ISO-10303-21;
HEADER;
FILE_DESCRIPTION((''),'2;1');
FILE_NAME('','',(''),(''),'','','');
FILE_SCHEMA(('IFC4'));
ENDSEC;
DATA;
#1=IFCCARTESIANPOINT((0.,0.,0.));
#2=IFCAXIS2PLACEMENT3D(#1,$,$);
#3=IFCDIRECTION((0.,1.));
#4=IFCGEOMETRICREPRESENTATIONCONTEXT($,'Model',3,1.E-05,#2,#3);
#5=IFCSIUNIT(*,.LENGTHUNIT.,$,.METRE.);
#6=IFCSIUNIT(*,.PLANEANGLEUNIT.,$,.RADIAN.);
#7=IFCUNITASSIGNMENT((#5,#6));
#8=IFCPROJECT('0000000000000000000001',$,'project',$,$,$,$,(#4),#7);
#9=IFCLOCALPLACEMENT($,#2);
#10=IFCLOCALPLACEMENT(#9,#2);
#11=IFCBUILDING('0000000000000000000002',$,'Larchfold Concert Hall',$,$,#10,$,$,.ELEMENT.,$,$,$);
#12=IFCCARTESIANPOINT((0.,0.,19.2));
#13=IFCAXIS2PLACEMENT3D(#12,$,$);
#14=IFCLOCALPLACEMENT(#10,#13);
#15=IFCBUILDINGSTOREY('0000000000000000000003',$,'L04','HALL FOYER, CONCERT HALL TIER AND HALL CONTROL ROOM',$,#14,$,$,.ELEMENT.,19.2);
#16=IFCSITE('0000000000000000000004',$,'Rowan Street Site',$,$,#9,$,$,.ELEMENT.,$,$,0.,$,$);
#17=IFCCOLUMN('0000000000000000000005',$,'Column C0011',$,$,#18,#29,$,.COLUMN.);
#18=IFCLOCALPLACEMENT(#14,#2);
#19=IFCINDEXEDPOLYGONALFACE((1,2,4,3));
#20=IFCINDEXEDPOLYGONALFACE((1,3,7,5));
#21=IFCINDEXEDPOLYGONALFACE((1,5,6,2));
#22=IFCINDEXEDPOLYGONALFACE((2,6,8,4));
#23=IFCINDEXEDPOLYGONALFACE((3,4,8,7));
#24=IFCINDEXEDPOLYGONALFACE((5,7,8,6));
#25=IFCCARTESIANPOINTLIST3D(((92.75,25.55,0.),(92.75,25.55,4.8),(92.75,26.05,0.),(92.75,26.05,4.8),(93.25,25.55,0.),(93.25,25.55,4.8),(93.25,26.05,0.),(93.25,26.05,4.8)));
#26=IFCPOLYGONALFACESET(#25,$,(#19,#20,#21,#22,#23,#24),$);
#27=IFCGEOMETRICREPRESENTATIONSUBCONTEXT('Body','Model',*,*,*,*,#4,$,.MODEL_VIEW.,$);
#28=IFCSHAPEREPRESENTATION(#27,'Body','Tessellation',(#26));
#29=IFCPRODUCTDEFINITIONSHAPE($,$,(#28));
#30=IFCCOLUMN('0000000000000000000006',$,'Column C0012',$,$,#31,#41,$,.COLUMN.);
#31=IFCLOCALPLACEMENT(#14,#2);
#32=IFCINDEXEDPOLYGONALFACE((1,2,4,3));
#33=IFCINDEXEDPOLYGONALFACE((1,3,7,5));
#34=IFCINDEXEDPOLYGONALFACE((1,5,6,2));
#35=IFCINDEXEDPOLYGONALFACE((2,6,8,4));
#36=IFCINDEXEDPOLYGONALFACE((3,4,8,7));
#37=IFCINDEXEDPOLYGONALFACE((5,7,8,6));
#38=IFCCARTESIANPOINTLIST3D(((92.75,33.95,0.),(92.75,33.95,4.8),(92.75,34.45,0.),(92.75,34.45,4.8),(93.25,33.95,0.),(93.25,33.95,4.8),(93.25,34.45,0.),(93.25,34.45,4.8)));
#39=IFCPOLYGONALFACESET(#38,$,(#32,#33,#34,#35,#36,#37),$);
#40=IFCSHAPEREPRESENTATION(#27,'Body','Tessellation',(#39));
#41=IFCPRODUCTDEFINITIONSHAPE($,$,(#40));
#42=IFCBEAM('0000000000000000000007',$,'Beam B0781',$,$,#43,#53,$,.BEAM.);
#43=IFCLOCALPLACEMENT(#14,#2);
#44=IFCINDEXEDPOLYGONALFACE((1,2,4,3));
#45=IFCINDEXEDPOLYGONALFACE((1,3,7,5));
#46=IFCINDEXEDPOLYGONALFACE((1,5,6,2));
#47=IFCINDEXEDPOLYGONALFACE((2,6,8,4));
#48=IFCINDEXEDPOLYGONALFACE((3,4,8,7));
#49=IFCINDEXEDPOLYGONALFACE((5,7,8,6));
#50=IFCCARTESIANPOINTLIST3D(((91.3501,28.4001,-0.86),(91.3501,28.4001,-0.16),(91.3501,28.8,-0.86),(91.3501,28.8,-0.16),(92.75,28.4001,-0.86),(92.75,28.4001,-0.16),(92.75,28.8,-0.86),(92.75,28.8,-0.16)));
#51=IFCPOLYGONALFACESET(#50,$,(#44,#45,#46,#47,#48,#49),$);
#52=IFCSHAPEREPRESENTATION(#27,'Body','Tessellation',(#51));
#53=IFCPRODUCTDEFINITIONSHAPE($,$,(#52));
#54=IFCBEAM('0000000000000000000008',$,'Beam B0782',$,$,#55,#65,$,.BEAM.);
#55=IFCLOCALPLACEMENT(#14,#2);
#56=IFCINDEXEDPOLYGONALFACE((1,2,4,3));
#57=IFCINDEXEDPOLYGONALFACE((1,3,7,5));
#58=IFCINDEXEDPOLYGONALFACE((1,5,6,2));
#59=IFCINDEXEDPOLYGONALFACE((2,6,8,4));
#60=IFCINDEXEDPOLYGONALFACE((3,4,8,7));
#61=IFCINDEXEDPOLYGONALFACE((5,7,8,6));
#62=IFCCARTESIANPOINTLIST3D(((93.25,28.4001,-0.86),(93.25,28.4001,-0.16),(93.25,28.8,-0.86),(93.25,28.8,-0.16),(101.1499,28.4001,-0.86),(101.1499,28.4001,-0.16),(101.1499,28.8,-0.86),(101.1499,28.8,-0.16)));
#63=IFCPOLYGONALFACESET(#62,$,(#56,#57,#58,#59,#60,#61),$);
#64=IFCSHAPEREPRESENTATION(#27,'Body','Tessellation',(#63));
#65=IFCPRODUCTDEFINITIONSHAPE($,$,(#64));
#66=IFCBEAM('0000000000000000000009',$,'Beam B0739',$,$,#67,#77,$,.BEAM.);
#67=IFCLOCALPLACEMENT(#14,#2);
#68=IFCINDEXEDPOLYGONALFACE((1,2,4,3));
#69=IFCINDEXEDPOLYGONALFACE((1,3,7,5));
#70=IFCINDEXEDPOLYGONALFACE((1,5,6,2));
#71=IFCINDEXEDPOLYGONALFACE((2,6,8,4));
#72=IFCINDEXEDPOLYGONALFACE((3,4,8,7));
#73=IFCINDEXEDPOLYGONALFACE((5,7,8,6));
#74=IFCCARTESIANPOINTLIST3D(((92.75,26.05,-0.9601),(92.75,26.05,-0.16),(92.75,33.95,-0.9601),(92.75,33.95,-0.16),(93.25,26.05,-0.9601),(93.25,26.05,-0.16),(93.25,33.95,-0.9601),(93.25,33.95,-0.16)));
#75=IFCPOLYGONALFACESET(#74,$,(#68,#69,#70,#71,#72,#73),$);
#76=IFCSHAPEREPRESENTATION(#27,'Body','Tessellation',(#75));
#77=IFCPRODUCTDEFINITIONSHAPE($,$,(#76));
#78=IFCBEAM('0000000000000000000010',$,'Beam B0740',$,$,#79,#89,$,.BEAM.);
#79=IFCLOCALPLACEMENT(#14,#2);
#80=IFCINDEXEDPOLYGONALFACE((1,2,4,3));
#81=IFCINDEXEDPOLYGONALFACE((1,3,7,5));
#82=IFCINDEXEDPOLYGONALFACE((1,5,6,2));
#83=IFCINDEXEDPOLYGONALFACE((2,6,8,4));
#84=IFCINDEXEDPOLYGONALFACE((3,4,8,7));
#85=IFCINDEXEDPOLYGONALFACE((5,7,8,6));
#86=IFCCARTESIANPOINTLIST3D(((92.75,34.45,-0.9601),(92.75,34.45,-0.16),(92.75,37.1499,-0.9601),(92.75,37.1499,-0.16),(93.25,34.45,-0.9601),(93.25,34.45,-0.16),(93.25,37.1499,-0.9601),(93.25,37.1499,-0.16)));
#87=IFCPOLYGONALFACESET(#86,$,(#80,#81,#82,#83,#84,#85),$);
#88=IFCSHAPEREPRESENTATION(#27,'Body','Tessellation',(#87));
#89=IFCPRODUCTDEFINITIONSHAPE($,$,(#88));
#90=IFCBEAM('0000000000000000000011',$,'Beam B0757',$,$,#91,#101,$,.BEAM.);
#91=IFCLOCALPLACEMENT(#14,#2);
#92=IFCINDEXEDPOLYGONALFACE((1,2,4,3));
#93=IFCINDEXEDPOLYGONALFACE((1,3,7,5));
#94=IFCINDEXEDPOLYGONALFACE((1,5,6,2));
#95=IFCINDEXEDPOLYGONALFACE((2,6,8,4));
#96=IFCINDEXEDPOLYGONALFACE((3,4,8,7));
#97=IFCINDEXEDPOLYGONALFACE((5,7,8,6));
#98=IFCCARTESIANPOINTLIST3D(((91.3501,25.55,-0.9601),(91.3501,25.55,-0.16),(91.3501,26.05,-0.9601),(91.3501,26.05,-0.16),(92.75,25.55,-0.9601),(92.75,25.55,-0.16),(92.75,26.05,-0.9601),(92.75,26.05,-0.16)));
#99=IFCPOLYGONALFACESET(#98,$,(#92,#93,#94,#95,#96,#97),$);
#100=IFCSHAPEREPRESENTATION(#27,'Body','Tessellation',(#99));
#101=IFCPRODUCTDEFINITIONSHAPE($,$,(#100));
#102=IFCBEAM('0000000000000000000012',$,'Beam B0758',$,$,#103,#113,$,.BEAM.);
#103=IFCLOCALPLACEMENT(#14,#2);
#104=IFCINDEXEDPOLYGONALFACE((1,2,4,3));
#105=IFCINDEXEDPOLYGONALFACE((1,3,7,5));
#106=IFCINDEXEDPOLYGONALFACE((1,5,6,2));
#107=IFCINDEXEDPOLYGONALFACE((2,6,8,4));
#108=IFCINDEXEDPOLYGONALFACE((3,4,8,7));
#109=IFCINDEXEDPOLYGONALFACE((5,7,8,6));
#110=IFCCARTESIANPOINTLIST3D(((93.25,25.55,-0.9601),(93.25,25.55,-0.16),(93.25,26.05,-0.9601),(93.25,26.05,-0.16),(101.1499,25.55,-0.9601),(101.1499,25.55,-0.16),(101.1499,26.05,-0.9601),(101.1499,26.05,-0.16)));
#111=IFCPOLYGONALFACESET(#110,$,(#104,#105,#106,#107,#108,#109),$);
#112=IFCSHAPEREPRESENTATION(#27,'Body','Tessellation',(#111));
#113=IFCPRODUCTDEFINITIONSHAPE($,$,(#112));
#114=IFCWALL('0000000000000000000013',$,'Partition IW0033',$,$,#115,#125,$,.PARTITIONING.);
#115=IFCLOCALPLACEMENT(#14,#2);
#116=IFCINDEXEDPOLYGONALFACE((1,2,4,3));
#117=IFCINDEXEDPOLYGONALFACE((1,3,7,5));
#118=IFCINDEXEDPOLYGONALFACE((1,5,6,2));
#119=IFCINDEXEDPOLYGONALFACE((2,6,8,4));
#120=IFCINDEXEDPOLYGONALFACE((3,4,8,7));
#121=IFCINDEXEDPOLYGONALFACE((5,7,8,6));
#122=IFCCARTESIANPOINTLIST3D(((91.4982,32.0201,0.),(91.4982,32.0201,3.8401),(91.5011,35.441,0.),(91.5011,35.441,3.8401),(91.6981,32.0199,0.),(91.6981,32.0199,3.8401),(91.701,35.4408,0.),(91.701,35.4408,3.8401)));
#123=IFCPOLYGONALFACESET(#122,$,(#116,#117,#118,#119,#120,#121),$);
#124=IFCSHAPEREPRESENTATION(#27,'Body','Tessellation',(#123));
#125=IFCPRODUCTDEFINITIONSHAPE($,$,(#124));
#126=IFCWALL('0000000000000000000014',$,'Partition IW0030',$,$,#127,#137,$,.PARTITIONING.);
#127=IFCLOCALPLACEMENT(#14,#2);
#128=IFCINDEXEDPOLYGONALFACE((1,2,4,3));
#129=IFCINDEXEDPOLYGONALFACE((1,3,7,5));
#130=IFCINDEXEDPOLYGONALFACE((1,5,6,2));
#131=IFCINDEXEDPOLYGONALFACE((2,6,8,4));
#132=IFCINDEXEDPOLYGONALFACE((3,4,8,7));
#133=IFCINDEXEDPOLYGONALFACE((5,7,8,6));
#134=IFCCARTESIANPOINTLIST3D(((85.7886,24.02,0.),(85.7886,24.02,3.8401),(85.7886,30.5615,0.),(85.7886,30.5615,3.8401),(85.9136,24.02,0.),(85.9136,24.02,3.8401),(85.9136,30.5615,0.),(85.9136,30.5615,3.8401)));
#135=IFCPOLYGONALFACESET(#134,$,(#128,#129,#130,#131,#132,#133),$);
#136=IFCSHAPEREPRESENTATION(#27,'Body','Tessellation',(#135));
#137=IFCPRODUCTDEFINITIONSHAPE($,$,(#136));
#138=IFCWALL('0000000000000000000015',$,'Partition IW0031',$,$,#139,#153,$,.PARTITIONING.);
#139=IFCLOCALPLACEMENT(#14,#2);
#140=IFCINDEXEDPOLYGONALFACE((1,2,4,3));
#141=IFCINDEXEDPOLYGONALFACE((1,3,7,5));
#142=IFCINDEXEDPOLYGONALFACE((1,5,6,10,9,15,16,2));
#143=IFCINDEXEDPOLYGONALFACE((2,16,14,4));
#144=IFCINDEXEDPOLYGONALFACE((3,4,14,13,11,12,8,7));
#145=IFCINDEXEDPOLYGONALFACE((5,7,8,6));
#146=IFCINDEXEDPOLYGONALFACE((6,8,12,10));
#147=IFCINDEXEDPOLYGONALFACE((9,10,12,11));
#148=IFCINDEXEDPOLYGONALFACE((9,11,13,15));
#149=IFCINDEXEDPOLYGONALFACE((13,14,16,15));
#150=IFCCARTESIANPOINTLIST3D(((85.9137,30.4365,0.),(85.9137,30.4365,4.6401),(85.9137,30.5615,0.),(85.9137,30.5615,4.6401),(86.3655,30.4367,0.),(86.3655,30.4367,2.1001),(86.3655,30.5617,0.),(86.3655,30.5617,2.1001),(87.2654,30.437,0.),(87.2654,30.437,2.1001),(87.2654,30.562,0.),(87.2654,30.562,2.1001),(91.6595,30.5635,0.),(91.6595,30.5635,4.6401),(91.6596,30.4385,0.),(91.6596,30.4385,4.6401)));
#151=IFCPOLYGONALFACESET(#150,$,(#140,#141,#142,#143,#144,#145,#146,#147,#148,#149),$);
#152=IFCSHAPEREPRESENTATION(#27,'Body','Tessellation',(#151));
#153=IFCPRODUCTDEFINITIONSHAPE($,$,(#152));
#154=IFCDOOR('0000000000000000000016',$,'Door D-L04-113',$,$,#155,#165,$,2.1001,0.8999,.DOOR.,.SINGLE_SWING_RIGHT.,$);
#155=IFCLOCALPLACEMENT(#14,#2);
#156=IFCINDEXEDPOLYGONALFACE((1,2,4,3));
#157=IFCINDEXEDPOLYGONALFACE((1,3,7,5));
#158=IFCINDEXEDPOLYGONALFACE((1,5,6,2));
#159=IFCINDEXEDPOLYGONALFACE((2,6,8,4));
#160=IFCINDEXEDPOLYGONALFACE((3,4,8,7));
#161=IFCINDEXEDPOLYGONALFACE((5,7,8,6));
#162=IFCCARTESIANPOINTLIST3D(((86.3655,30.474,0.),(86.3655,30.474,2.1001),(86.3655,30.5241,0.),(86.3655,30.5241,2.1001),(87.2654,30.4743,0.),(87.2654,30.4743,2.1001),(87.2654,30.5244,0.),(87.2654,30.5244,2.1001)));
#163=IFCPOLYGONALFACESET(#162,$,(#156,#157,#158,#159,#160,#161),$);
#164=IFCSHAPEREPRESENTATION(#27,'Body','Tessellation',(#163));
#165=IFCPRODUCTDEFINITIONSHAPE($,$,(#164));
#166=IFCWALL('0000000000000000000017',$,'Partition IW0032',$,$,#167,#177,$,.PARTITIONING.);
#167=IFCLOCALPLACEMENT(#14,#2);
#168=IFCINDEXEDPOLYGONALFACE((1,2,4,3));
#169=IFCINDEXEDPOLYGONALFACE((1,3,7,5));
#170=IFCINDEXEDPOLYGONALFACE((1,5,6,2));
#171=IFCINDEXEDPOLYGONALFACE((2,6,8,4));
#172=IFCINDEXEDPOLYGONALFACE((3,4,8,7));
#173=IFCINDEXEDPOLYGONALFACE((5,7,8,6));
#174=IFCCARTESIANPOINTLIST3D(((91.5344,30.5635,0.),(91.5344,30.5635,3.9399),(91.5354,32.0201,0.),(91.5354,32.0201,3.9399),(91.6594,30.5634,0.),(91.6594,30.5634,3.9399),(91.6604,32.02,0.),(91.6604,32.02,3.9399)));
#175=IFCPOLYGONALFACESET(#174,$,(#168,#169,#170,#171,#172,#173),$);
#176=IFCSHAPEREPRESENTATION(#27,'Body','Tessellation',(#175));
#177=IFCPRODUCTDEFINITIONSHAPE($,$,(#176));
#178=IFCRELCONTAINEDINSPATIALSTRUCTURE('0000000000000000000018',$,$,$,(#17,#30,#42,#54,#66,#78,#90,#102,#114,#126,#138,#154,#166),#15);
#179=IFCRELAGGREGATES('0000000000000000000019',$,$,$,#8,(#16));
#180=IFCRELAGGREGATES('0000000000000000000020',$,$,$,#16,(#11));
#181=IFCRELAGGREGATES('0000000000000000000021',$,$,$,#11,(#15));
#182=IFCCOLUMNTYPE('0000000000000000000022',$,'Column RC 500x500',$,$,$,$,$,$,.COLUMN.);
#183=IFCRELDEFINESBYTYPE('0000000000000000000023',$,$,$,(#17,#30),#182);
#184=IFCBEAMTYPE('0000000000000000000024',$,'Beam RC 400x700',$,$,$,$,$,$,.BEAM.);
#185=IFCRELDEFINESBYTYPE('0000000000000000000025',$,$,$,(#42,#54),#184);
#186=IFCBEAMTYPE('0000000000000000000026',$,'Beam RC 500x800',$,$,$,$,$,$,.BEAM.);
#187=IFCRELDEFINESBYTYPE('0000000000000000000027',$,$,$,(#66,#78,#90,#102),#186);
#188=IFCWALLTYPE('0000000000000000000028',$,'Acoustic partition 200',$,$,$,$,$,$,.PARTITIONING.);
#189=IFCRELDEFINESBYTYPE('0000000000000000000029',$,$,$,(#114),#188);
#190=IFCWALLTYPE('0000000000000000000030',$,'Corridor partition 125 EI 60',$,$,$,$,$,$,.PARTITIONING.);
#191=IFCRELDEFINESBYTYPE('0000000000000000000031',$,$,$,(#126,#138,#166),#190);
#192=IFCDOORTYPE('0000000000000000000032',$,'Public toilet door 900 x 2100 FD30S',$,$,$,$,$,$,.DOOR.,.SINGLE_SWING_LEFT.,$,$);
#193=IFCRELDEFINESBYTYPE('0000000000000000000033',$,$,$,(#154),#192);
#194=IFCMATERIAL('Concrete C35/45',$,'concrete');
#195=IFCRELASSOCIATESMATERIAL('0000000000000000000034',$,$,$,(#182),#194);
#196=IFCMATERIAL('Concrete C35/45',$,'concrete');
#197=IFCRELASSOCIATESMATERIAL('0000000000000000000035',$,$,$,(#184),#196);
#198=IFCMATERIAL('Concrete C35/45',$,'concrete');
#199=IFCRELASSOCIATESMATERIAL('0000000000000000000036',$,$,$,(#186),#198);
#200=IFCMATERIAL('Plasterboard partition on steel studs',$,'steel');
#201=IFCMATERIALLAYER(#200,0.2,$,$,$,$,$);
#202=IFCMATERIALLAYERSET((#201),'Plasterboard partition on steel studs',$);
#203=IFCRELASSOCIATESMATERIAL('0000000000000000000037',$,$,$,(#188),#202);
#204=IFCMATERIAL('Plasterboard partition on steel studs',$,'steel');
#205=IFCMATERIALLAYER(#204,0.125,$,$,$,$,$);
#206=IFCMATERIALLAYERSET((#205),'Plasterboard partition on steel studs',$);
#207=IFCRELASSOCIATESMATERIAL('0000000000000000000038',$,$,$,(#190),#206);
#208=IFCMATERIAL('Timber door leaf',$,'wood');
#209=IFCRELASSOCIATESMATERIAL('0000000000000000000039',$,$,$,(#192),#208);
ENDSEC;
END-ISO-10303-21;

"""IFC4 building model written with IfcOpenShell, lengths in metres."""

from ifc_helpers import new_model, si_unit, direction, frame, frame_2d, origin, origin_2d, place, context, subcontext, project, spatial, rectangle, extrude, material, layer, layer_set, material_profile, profile_set, type_object, element, fill, save


model = new_model("IFC4")

# Units and contexts
model_context = context("Model", 3, precision=1e-05, world=origin(), true_north=direction((0.0, 1.0)))
body_context = subcontext(model_context, "Body", "Model", "MODEL_VIEW")
ifc_project = project(units=[si_unit("LENGTHUNIT", "METRE"), si_unit("PLANEANGLEUNIT", "RADIAN")], contexts=[model_context])

# Site, building, storey
site_placement = place(None, origin())
site = spatial("IfcSite", under=ifc_project, at=site_placement, Name="Rowan Street Site", CompositionType="ELEMENT", RefElevation=0.0)
building_placement = place(site_placement, origin())
building = spatial("IfcBuilding", under=site, at=building_placement, Name="Larchfold Concert Hall", CompositionType="ELEMENT")
storey_placement = place(building_placement, frame((0.0, 0.0, 19.2)))
storey = spatial("IfcBuildingStorey", under=building, at=storey_placement, Name="L04", Description="HALL FOYER, CONCERT HALL TIER AND HALL CONTROL ROOM", CompositionType="ELEMENT", Elevation=19.2)

# Columns
ifc_material_1 = material(Name="Concrete C35/45", Category="concrete")
ifc_material_profile_1 = material_profile(ifc_material_1, rectangle(XDim=0.5, YDim=0.5, at=origin_2d()))
ifc_profile_set_1 = profile_set([ifc_material_profile_1], Name="Concrete C35/45")
column_type = type_object("IfcColumnType", Name="Column RC 500x500", PredefinedType="COLUMN", material=ifc_profile_set_1)
for number, where, z_axis, x_axis, name in (
    (1, (93.0, 25.8, 0.0), (0.0, 0.0, 1.0), (1.0, 0.0, 0.0), "Column C0011"),
    (2, (93.0, 34.2, 0.0), (0.0, 0.0, 1.0), (1.0, 0.0, 0.0), "Column C0012"),
):
    element("IfcColumn", number, at=place(storey_placement, frame(where, z_axis=z_axis, x_axis=x_axis)), inside=storey, type_object=column_type, Name=name, PredefinedType="COLUMN", context=body_context, shape_type="SweptSolid", body=[
        extrude(rectangle(XDim=0.5, YDim=0.5, at=origin_2d()), origin(), (0.0, 0.0, 1.0), 4.8),
    ])

# Beams
ifc_material_2 = material(Name="Concrete C35/45", Category="concrete")
ifc_material_profile_2 = material_profile(ifc_material_2, rectangle(XDim=0.3999, YDim=0.7, at=origin_2d()))
ifc_profile_set_2 = profile_set([ifc_material_profile_2], Name="Concrete C35/45")
beam_type_1 = type_object("IfcBeamType", Name="Beam RC 400x700", PredefinedType="BEAM", material=ifc_profile_set_2)
beam_1_placement = place(storey_placement, frame((91.3501, 28.6001, -0.51), z_axis=(1.0, 0.0, 0.0), x_axis=(0.0, 1.0, 0.0)))
element("IfcBeam", 3, at=beam_1_placement, inside=storey, type_object=beam_type_1, Name="Beam B0781", PredefinedType="BEAM", context=body_context, shape_type="SweptSolid", body=[
    extrude(rectangle(XDim=0.3999, YDim=0.7, at=origin_2d()), origin(), (0.0, 0.0, 1.0), 1.3999),
])
beam_2_placement = place(storey_placement, frame((93.25, 28.6001, -0.51), z_axis=(1.0, 0.0, 0.0), x_axis=(0.0, 1.0, 0.0)))
element("IfcBeam", 4, at=beam_2_placement, inside=storey, type_object=beam_type_1, Name="Beam B0782", PredefinedType="BEAM", context=body_context, shape_type="SweptSolid", body=[
    extrude(rectangle(XDim=0.3999, YDim=0.7, at=origin_2d()), origin(), (0.0, 0.0, 1.0), 7.8999),
])
ifc_material_3 = material(Name="Concrete C35/45", Category="concrete")
ifc_material_profile_3 = material_profile(ifc_material_3, rectangle(XDim=0.5, YDim=0.8, at=origin_2d()))
ifc_profile_set_3 = profile_set([ifc_material_profile_3], Name="Concrete C35/45")
beam_type_2 = type_object("IfcBeamType", Name="Beam RC 500x800", PredefinedType="BEAM", material=ifc_profile_set_3)
beam_3_placement = place(storey_placement, frame((93.0, 26.05, -0.5601), z_axis=(0.0, 1.0, 0.0), x_axis=(-1.0, 0.0, 0.0)))
element("IfcBeam", 5, at=beam_3_placement, inside=storey, type_object=beam_type_2, Name="Beam B0739", PredefinedType="BEAM", context=body_context, shape_type="SweptSolid", body=[
    extrude(rectangle(XDim=0.5, YDim=0.8, at=origin_2d()), origin(), (0.0, 0.0, 1.0), 7.8999),
])
beam_4_placement = place(storey_placement, frame((93.0, 34.45, -0.5601), z_axis=(0.0, 1.0, 0.0), x_axis=(-1.0, 0.0, 0.0)))
element("IfcBeam", 6, at=beam_4_placement, inside=storey, type_object=beam_type_2, Name="Beam B0740", PredefinedType="BEAM", context=body_context, shape_type="SweptSolid", body=[
    extrude(rectangle(XDim=0.5, YDim=0.8, at=origin_2d()), origin(), (0.0, 0.0, 1.0), 2.7),
])
beam_5_placement = place(storey_placement, frame((91.3501, 25.8, -0.5601), z_axis=(1.0, 0.0, 0.0), x_axis=(0.0, 1.0, 0.0)))
element("IfcBeam", 7, at=beam_5_placement, inside=storey, type_object=beam_type_2, Name="Beam B0757", PredefinedType="BEAM", context=body_context, shape_type="SweptSolid", body=[
    extrude(rectangle(XDim=0.5, YDim=0.8, at=origin_2d()), origin(), (0.0, 0.0, 1.0), 1.3999),
])
beam_6_placement = place(storey_placement, frame((93.25, 25.8, -0.5601), z_axis=(1.0, 0.0, 0.0), x_axis=(0.0, 1.0, 0.0)))
element("IfcBeam", 8, at=beam_6_placement, inside=storey, type_object=beam_type_2, Name="Beam B0758", PredefinedType="BEAM", context=body_context, shape_type="SweptSolid", body=[
    extrude(rectangle(XDim=0.5, YDim=0.8, at=origin_2d()), origin(), (0.0, 0.0, 1.0), 7.8999),
])

# Walls
ifc_material_4 = material(Name="Plasterboard partition on steel studs", Category="steel")
ifc_layer_1 = layer(ifc_material_4, 0.2)
ifc_layer_set_1 = layer_set([ifc_layer_1], Name="Plasterboard partition on steel studs")
wall_type_1 = type_object("IfcWallType", Name="Acoustic partition 200", PredefinedType="PARTITIONING", material=ifc_layer_set_1)
wall_1_placement = place(storey_placement, frame((91.5981, 32.02, 0.0), z_axis=(0.0, 0.0, 1.0), x_axis=(0.000856, 1.0, 0.0)))
element("IfcWall", 9, at=wall_1_placement, inside=storey, type_object=wall_type_1, Name="Partition IW0033", PredefinedType="PARTITIONING", context=body_context, shape_type="SweptSolid", body=[
    extrude(rectangle(XDim=3.4209, YDim=0.2, at=frame_2d((1.7104, 0.0))), origin(), (0.0, 0.0, 1.0), 3.8401),
])
ifc_material_5 = material(Name="Plasterboard partition on steel studs", Category="steel")
ifc_layer_2 = layer(ifc_material_5, 0.125)
ifc_layer_set_2 = layer_set([ifc_layer_2], Name="Plasterboard partition on steel studs")
wall_type_2 = type_object("IfcWallType", Name="Corridor partition 125 EI 60", PredefinedType="PARTITIONING", material=ifc_layer_set_2)
wall_2_placement = place(storey_placement, frame((85.8511, 24.02, 0.0), z_axis=(0.0, 0.0, 1.0), x_axis=(0.0, 1.0, 0.0)))
element("IfcWall", 10, at=wall_2_placement, inside=storey, type_object=wall_type_2, Name="Partition IW0030", PredefinedType="PARTITIONING", context=body_context, shape_type="SweptSolid", body=[
    extrude(rectangle(XDim=6.5415, YDim=0.125, at=frame_2d((3.2708, 0.0))), origin(), (0.0, 0.0, 1.0), 3.8401),
])

# Wall, opening, door
wall_3_placement = place(storey_placement, frame((85.9136, 30.499, 0.0), z_axis=(0.0, 0.0, 1.0), x_axis=(1.0, 0.00034, 0.0)))
wall_3 = element("IfcWall", 11, at=wall_3_placement, inside=storey, type_object=wall_type_2, Name="Partition IW0031", PredefinedType="PARTITIONING", context=body_context, shape_type="SweptSolid", body=[
    extrude(rectangle(XDim=5.7458, YDim=0.125, at=frame_2d((2.873, 0.0))), origin(), (0.0, 0.0, 1.0), 4.6401),
])
opening_placement = place(wall_3_placement, frame((0.4519, 0.0, 0.0)))
opening = element("IfcOpeningElement", 12, at=opening_placement, cuts=wall_3, PredefinedType="OPENING", context=body_context, shape_type="SweptSolid", body=[
    extrude(rectangle(XDim=0.8999, YDim=2.1001, at=frame_2d((0.45, 1.05))), frame((0.0, 0.0725, 0.0), z_axis=(0.0, -1.0, 0.0), x_axis=(1.0, 0.0, 0.0)), (0.0, 0.0, 1.0), 0.145),
])
ifc_material_6 = material(Name="Timber door leaf", Category="wood")
door_type = type_object("IfcDoorType", Name="Public toilet door 900 x 2100 FD30S", OperationType="SINGLE_SWING_LEFT", PredefinedType="DOOR", material=ifc_material_6)
door_placement = place(opening_placement, origin())
door = element("IfcDoor", 13, at=door_placement, inside=storey, type_object=door_type, Name="Door D-L04-113", OperationType="SINGLE_SWING_RIGHT", OverallHeight=2.1001, OverallWidth=0.8999, PredefinedType="DOOR", context=body_context, shape_type="SweptSolid", body=[
    extrude(rectangle(XDim=0.8999, YDim=2.1001, at=frame_2d((0.45, 1.05))), frame((0.0, 0.0249, 0.0), z_axis=(0.0, -1.0, 0.0), x_axis=(1.0, 0.0, 0.0)), (0.0, 0.0, 1.0), 0.05),
])
fill(opening, door)

# Wall
wall_4_placement = place(storey_placement, frame((91.5969, 30.5635, 0.0), z_axis=(0.0, 0.0, 1.0), x_axis=(0.00067, 1.0, 0.0)))
element("IfcWall", 14, at=wall_4_placement, inside=storey, type_object=wall_type_2, Name="Partition IW0032", PredefinedType="PARTITIONING", context=body_context, shape_type="SweptSolid", body=[
    extrude(rectangle(XDim=1.4565, YDim=0.125, at=frame_2d((0.7283, 0.0))), origin(), (0.0, 0.0, 1.0), 3.9399),
])

save(model, "model.ifc")
